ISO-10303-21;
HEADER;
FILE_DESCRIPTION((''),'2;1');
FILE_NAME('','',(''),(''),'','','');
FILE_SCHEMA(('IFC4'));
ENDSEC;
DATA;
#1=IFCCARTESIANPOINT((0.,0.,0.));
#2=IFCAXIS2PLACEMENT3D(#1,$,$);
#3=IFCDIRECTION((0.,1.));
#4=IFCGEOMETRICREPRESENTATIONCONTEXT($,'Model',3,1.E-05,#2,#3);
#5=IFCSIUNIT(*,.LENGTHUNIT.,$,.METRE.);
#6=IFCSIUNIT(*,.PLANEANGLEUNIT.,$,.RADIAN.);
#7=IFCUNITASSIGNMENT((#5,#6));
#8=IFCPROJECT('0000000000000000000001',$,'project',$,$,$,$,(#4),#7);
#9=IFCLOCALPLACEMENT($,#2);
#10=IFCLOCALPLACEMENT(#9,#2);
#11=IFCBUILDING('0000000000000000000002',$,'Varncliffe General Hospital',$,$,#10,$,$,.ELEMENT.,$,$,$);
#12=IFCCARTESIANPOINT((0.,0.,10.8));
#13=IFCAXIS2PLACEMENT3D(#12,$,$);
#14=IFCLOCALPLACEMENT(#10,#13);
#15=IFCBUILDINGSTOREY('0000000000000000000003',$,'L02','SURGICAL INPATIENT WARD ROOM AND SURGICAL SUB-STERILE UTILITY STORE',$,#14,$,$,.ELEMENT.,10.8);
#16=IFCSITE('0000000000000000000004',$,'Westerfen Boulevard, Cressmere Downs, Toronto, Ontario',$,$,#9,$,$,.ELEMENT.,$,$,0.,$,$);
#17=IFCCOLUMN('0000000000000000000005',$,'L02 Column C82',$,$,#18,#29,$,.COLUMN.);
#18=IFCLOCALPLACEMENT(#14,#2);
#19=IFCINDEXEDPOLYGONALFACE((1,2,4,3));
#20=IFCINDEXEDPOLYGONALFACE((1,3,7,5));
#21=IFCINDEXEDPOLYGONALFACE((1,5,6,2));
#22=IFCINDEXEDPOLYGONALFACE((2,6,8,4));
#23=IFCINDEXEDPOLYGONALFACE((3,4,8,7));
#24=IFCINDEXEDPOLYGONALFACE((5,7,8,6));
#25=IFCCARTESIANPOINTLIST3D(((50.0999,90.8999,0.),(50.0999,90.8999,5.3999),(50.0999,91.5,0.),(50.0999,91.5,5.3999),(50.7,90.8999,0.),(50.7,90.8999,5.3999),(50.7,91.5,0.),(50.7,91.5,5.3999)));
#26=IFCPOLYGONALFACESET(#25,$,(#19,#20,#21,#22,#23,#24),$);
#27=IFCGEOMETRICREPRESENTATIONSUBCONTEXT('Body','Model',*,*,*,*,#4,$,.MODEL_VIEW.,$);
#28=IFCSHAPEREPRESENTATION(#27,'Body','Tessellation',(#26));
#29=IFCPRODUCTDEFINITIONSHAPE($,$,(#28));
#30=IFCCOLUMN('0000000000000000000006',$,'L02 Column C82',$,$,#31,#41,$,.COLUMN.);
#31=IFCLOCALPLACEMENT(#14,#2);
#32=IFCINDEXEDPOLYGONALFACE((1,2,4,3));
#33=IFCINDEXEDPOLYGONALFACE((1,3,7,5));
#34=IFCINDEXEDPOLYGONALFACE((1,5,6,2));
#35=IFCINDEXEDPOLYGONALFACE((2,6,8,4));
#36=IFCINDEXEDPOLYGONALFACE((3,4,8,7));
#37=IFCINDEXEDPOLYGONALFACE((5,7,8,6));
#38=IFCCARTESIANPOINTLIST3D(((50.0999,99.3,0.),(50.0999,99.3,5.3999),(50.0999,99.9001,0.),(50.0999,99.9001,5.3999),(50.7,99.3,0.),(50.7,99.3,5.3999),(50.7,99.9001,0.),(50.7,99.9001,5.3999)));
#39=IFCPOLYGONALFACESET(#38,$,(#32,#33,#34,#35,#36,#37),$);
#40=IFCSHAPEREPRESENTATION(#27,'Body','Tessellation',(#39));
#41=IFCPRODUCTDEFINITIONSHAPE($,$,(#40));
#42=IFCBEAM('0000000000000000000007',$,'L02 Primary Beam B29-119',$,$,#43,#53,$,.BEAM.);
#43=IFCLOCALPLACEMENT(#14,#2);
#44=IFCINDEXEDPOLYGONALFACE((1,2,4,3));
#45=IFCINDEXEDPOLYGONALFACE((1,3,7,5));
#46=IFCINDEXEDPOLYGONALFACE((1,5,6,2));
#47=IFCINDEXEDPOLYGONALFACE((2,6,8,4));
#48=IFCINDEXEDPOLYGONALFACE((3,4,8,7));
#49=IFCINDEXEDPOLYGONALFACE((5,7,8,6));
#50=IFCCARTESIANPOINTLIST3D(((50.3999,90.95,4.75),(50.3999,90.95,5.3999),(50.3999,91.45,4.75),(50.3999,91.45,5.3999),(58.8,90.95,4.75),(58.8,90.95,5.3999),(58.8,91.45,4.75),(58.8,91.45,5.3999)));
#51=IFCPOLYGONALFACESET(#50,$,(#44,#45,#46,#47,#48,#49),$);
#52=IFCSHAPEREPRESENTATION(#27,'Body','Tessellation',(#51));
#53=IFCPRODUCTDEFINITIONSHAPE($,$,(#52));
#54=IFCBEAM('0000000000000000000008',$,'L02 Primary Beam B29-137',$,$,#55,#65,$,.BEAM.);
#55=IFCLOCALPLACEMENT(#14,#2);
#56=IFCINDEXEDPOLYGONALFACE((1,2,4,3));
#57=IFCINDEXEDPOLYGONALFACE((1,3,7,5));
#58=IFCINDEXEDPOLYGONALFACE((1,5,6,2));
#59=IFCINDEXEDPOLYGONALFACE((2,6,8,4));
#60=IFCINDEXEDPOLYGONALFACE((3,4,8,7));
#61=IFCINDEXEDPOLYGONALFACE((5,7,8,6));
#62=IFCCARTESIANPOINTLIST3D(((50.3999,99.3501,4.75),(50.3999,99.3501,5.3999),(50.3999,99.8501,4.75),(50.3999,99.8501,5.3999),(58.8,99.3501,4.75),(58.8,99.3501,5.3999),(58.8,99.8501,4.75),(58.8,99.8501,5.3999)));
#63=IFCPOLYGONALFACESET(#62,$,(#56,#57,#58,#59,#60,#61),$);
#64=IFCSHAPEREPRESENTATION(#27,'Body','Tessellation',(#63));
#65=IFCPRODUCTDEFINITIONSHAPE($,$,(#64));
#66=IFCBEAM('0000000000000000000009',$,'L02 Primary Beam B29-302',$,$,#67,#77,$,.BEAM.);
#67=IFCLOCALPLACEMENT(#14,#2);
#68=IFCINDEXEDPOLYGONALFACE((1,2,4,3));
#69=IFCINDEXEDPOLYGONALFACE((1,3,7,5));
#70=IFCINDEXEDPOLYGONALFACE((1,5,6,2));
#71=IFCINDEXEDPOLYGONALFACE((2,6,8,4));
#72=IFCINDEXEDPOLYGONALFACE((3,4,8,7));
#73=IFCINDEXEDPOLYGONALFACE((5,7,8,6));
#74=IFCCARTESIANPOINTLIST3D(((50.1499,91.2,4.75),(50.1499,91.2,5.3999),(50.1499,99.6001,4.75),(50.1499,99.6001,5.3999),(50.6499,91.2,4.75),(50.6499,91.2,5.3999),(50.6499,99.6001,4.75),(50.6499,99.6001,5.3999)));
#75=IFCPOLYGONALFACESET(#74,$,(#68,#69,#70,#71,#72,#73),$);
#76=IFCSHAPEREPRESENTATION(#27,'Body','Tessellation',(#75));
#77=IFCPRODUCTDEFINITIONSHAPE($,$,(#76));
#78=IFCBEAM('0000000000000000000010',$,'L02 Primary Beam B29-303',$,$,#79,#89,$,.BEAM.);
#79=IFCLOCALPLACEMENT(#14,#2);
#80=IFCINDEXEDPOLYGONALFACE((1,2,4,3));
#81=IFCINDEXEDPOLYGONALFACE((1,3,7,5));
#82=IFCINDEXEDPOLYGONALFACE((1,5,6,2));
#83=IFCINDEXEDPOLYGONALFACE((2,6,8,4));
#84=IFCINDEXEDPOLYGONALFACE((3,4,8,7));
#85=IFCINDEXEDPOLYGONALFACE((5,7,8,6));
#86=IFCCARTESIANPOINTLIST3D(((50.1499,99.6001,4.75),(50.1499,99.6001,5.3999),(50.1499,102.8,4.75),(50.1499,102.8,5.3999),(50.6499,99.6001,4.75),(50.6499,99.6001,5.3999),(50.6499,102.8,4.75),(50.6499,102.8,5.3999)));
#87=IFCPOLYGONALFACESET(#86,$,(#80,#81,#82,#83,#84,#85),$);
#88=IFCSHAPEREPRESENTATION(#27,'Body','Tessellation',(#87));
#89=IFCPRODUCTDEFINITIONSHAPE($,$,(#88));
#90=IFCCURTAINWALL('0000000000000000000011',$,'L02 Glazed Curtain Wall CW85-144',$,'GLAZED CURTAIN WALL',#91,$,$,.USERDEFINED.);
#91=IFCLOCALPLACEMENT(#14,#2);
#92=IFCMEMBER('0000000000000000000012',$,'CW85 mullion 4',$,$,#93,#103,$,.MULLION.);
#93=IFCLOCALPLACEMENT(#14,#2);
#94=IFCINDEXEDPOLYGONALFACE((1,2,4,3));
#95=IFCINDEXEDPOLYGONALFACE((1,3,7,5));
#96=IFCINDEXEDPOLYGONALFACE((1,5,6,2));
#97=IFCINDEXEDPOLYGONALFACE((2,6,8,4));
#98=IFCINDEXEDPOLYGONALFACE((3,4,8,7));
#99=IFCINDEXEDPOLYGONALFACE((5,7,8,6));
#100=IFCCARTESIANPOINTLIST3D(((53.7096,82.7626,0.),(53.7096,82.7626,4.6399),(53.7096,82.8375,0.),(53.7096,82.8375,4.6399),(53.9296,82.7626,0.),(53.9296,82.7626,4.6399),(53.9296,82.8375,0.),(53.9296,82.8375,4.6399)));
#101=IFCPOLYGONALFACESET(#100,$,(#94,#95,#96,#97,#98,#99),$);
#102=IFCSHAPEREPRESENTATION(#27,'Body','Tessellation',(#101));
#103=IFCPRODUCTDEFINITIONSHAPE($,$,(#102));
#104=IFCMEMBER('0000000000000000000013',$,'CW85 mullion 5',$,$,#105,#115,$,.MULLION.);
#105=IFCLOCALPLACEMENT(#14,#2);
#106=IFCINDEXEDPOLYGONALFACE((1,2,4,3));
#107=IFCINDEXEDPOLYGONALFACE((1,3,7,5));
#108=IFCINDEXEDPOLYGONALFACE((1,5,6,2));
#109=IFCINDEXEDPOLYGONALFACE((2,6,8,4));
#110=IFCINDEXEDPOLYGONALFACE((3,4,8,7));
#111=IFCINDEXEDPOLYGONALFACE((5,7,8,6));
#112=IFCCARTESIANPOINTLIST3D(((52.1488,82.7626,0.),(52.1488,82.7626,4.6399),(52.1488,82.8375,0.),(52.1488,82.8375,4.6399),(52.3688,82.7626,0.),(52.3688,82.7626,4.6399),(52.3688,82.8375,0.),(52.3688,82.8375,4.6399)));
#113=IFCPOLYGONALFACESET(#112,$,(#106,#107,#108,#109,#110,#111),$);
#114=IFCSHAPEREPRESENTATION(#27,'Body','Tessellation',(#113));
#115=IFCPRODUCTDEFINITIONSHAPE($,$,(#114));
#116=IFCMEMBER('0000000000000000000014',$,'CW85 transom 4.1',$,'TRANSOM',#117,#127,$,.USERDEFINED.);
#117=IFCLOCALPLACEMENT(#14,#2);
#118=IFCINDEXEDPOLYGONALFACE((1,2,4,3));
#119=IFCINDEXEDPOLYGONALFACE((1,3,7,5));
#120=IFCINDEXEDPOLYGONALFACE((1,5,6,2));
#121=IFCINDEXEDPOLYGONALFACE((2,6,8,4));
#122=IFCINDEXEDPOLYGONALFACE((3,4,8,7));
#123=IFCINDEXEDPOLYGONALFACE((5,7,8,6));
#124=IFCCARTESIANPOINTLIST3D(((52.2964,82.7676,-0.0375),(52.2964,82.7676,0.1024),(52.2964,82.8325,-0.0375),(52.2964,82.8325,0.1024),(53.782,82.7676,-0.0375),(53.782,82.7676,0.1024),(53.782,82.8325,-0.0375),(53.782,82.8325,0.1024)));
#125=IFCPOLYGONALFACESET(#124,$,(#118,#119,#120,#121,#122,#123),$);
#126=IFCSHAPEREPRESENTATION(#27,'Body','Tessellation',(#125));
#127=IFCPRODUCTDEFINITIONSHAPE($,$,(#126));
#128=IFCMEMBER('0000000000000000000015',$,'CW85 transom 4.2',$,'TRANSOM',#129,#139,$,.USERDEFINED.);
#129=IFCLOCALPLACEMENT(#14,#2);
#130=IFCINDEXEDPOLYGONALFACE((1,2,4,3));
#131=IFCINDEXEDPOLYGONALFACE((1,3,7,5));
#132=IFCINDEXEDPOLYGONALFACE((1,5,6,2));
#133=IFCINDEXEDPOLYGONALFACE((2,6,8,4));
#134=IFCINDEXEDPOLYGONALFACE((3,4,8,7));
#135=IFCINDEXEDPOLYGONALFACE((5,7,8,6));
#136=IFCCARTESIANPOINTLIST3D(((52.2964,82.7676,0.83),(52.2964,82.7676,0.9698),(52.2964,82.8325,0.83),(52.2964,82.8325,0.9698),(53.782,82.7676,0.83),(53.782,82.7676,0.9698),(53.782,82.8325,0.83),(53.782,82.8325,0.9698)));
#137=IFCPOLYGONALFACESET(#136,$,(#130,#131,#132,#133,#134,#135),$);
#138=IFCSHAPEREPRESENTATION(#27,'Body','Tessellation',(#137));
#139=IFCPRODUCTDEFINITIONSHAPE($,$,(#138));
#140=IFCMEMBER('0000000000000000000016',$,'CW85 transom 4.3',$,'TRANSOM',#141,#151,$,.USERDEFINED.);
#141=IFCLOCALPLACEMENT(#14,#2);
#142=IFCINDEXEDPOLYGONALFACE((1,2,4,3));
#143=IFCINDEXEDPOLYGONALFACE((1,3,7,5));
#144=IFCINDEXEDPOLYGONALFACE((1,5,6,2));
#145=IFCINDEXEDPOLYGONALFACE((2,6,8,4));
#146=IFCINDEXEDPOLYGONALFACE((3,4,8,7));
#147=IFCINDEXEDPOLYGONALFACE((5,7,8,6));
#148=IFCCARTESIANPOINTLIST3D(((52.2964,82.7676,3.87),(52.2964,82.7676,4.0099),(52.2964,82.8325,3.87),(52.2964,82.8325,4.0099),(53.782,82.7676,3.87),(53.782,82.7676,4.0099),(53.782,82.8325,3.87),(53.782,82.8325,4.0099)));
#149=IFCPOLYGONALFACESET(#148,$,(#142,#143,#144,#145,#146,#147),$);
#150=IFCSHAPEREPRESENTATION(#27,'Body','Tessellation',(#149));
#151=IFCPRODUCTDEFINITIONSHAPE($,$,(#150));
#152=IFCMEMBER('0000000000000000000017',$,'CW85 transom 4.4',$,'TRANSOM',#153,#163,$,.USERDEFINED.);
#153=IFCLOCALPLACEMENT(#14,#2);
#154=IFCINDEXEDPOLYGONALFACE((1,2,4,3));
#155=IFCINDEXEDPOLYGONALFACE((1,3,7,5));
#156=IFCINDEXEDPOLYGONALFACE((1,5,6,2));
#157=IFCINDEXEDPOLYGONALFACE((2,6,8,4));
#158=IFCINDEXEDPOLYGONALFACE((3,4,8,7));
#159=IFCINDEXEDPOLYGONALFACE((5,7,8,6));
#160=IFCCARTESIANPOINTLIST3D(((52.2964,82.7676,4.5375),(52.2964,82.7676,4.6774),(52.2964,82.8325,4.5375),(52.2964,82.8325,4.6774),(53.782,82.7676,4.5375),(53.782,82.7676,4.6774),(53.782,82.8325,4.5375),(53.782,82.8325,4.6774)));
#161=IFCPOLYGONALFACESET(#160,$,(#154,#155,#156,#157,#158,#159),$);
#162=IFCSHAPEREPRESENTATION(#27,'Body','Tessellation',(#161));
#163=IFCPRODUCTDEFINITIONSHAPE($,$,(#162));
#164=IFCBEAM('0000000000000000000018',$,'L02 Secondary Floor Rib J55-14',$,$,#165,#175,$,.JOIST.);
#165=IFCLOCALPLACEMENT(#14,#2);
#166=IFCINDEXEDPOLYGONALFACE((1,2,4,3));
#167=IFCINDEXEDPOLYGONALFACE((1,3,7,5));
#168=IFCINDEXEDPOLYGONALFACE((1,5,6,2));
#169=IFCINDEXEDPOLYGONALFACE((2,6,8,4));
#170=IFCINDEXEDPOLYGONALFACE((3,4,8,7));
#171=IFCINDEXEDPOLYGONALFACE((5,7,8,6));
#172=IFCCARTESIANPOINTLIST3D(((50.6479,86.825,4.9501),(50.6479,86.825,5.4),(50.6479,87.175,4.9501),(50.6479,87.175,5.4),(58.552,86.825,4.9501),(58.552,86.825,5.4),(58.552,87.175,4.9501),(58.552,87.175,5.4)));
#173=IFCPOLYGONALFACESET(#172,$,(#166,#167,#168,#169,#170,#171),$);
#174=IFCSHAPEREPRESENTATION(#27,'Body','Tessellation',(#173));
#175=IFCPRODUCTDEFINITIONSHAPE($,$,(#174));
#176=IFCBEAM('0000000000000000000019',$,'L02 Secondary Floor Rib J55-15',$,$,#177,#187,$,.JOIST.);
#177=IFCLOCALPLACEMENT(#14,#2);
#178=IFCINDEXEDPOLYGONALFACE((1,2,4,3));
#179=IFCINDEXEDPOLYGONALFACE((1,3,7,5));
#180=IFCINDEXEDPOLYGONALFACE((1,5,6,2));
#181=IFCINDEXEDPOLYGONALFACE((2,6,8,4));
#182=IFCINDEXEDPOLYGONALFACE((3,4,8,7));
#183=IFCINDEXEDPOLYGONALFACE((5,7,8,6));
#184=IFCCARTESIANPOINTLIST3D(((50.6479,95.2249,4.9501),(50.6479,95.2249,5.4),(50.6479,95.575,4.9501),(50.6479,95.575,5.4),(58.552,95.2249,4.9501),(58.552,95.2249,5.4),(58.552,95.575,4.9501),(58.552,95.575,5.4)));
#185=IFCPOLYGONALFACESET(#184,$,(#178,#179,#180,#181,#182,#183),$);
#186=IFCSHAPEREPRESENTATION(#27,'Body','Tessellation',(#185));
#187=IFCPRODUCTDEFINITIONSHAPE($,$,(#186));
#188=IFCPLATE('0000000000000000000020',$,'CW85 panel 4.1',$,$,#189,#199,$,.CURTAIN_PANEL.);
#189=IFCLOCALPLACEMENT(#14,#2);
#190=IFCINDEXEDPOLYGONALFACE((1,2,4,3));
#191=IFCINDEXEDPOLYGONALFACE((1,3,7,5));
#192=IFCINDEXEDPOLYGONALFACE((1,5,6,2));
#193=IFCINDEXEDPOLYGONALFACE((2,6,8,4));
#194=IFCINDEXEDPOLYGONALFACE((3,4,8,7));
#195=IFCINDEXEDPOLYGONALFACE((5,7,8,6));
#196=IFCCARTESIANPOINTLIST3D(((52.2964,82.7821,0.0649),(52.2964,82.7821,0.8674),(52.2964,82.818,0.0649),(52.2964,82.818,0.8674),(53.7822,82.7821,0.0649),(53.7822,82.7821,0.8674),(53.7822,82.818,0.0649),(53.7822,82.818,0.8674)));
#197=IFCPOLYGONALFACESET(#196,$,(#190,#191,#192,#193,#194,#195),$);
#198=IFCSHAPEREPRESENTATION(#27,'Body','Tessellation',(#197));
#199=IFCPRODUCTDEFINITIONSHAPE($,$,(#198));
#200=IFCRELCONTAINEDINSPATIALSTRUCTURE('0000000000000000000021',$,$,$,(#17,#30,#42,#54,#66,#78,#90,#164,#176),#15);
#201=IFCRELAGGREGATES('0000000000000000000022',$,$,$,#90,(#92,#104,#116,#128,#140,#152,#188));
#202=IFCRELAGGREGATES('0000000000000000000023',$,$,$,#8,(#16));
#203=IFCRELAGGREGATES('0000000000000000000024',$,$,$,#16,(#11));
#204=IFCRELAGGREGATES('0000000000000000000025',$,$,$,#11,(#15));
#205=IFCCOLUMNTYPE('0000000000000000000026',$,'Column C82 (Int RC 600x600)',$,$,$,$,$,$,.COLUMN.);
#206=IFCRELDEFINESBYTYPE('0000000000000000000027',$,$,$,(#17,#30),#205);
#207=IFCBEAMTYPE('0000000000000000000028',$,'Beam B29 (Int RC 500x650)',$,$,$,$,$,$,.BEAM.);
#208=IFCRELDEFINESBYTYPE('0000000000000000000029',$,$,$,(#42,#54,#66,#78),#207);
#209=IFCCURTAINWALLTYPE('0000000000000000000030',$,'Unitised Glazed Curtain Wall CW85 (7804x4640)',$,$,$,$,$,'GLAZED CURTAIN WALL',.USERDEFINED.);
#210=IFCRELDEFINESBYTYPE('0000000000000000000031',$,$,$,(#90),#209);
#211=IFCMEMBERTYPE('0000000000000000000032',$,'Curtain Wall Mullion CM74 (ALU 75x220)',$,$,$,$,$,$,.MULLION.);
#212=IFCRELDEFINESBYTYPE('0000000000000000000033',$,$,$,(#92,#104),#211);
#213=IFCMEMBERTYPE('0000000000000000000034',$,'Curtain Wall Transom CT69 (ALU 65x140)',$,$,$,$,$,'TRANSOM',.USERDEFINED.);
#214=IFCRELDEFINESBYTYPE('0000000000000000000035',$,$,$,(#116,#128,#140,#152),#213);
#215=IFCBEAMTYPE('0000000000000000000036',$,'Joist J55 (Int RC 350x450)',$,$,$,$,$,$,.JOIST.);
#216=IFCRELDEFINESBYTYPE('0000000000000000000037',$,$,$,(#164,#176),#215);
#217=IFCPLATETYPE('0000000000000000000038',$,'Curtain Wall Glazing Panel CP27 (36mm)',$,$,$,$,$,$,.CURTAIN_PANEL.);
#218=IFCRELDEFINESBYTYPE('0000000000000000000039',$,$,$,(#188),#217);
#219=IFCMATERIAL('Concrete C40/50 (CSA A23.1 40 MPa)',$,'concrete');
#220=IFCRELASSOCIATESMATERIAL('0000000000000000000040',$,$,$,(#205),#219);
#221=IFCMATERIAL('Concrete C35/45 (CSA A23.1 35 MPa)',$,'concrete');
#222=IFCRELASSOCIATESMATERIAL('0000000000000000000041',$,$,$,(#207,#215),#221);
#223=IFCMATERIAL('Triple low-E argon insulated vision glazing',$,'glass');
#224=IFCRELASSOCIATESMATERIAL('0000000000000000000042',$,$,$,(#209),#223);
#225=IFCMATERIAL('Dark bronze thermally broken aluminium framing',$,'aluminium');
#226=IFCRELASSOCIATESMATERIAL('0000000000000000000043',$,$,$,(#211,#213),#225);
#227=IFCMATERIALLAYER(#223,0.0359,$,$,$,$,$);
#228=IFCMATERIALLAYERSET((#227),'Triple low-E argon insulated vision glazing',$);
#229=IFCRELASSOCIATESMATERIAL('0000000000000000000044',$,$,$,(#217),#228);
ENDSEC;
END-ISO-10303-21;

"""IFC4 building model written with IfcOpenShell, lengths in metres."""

from ifc_helpers import new_model, si_unit, direction, frame, origin, origin_2d, place, context, subcontext, project, spatial, rectangle, extrude, material, layer, layer_set, material_profile, profile_set, type_object, element, aggregate, save


model = new_model("IFC4")

# Units and contexts
model_context = context("Model", 3, precision=1e-05, world=origin(), true_north=direction((0.0, 1.0)))
body_context = subcontext(model_context, "Body", "Model", "MODEL_VIEW")
ifc_project = project(units=[si_unit("LENGTHUNIT", "METRE"), si_unit("PLANEANGLEUNIT", "RADIAN")], contexts=[model_context])

# Site, building, storey
site_placement = place(None, origin())
site = spatial("IfcSite", under=ifc_project, at=site_placement, Name="Westerfen Boulevard, Cressmere Downs, Toronto, Ontario", CompositionType="ELEMENT", RefElevation=0.0)
building_placement = place(site_placement, origin())
building = spatial("IfcBuilding", under=site, at=building_placement, Name="Varncliffe General Hospital", CompositionType="ELEMENT")
storey_placement = place(building_placement, frame((0.0, 0.0, 10.8)))
storey = spatial("IfcBuildingStorey", under=building, at=storey_placement, Name="L02", Description="SURGICAL INPATIENT WARD ROOM AND SURGICAL SUB-STERILE UTILITY STORE", CompositionType="ELEMENT", Elevation=10.8)

# Columns
ifc_material_1 = material(Name="Concrete C40/50 (CSA A23.1 40 MPa)", Category="concrete")
ifc_material_profile_1 = material_profile(ifc_material_1, rectangle(XDim=0.6001, YDim=0.6001, at=origin_2d()), Name="RC 600x600")
ifc_profile_set_1 = profile_set([ifc_material_profile_1], Name="Concrete C40/50 (CSA A23.1 40 MPa)")
column_type = type_object("IfcColumnType", Name="Column C82 (Int RC 600x600)", PredefinedType="COLUMN", material=ifc_profile_set_1)
for number, where, z_axis, x_axis, name in (
    (1, (50.3999, 91.2, 0.0), (0.0, 0.0, 1.0), (1.0, 0.0, 0.0), "L02 Column C82"),
    (2, (50.3999, 99.6001, 0.0), (0.0, 0.0, 1.0), (1.0, 0.0, 0.0), "L02 Column C82"),
):
    element("IfcColumn", number, at=place(storey_placement, frame(where, z_axis=z_axis, x_axis=x_axis)), inside=storey, type_object=column_type, Name=name, PredefinedType="COLUMN", context=body_context, shape_type="SweptSolid", body=[
        extrude(rectangle(XDim=0.6001, YDim=0.6001, at=origin_2d()), origin(), (0.0, 0.0, 1.0), 5.3999),
    ])

# Beams
ifc_material_2 = material(Name="Concrete C35/45 (CSA A23.1 35 MPa)", Category="concrete")
ifc_material_profile_2 = material_profile(ifc_material_2, rectangle(XDim=0.5, YDim=0.6499, at=origin_2d()), Name="RC 500x650")
ifc_profile_set_2 = profile_set([ifc_material_profile_2], Name="Concrete C35/45 (CSA A23.1 35 MPa)")
beam_type_1 = type_object("IfcBeamType", Name="Beam B29 (Int RC 500x650)", PredefinedType="BEAM", material=ifc_profile_set_2)
for number, where, z_axis, x_axis, name in (
    (3, (50.3999, 91.2, 5.075), (1.0, 0.0, 0.0), (0.0, 1.0, 0.0), "L02 Primary Beam B29-119"),
    (4, (50.3999, 99.6001, 5.075), (1.0, 0.0, 0.0), (0.0, 1.0, 0.0), "L02 Primary Beam B29-137"),
    (5, (50.3999, 91.2, 5.075), (0.0, 1.0, 0.0), (-1.0, 0.0, 0.0), "L02 Primary Beam B29-302"),
):
    element("IfcBeam", number, at=place(storey_placement, frame(where, z_axis=z_axis, x_axis=x_axis)), inside=storey, type_object=beam_type_1, Name=name, PredefinedType="BEAM", context=body_context, shape_type="SweptSolid", body=[
        extrude(rectangle(XDim=0.5, YDim=0.6499, at=origin_2d()), origin(), (0.0, 0.0, 1.0), 8.4001),
    ])
beam_placement = place(storey_placement, frame((50.3999, 99.6001, 5.075), z_axis=(0.0, 1.0, 0.0), x_axis=(-1.0, 0.0, 0.0)))
element("IfcBeam", 6, at=beam_placement, inside=storey, type_object=beam_type_1, Name="L02 Primary Beam B29-303", PredefinedType="BEAM", context=body_context, shape_type="SweptSolid", body=[
    extrude(rectangle(XDim=0.5, YDim=0.6499, at=origin_2d()), origin(), (0.0, 0.0, 1.0), 3.2),
])

# Curtain wall, members
ifc_material_3 = material(Name="Triple low-E argon insulated vision glazing", Category="glass")
curtain_wall_type = type_object("IfcCurtainWallType", Name="Unitised Glazed Curtain Wall CW85 (7804x4640)", ElementType="GLAZED CURTAIN WALL", PredefinedType="USERDEFINED", material=ifc_material_3)
curtain_wall_placement = place(storey_placement, origin())
curtain_wall = element("IfcCurtainWall", 7, at=curtain_wall_placement, inside=storey, type_object=curtain_wall_type, Name="L02 Glazed Curtain Wall CW85-144", ObjectType="GLAZED CURTAIN WALL", PredefinedType="USERDEFINED")
ifc_material_4 = material(Name="Dark bronze thermally broken aluminium framing", Category="aluminium")
ifc_material_profile_3 = material_profile(ifc_material_4, rectangle(XDim=0.075, YDim=0.22, at=origin_2d()), Name="ALU 75x220")
ifc_profile_set_3 = profile_set([ifc_material_profile_3], Name="Dark bronze thermally broken aluminium framing")
member_type_1 = type_object("IfcMemberType", Name="Curtain Wall Mullion CM74 (ALU 75x220)", PredefinedType="MULLION", material=ifc_profile_set_3)
member_1_placement = place(storey_placement, frame((53.8196, 82.8, 0.0), z_axis=(0.0, 0.0, 1.0), x_axis=(0.0, -1.0, 0.0)))
member_1 = element("IfcMember", 8, at=member_1_placement, type_object=member_type_1, Name="CW85 mullion 4", PredefinedType="MULLION", context=body_context, shape_type="SweptSolid", body=[
    extrude(rectangle(XDim=0.075, YDim=0.22, at=origin_2d()), origin(), (0.0, 0.0, 1.0), 4.6399),
])
member_2_placement = place(storey_placement, frame((52.2588, 82.8, 0.0), z_axis=(0.0, 0.0, 1.0), x_axis=(0.0, -1.0, 0.0)))
member_2 = element("IfcMember", 9, at=member_2_placement, type_object=member_type_1, Name="CW85 mullion 5", PredefinedType="MULLION", context=body_context, shape_type="SweptSolid", body=[
    extrude(rectangle(XDim=0.075, YDim=0.22, at=origin_2d()), origin(), (0.0, 0.0, 1.0), 4.6399),
])
ifc_material_profile_4 = material_profile(ifc_material_4, rectangle(XDim=0.0649, YDim=0.1399, at=origin_2d()), Name="ALU 65x140")
ifc_profile_set_4 = profile_set([ifc_material_profile_4], Name="Dark bronze thermally broken aluminium framing")
member_type_2 = type_object("IfcMemberType", Name="Curtain Wall Transom CT69 (ALU 65x140)", ElementType="TRANSOM", PredefinedType="USERDEFINED", material=ifc_profile_set_4)
member_3_placement = place(storey_placement, frame((53.782, 82.8, 0.0325), z_axis=(-1.0, 0.0, 0.0), x_axis=(0.0, -1.0, 0.0)))
member_3 = element("IfcMember", 10, at=member_3_placement, type_object=member_type_2, Name="CW85 transom 4.1", ObjectType="TRANSOM", PredefinedType="USERDEFINED", context=body_context, shape_type="SweptSolid", body=[
    extrude(rectangle(XDim=0.0649, YDim=0.1399, at=origin_2d()), origin(), (0.0, 0.0, 1.0), 1.4856),
])
member_4_placement = place(storey_placement, frame((53.782, 82.8, 0.8999), z_axis=(-1.0, 0.0, 0.0), x_axis=(0.0, -1.0, 0.0)))
member_4 = element("IfcMember", 11, at=member_4_placement, type_object=member_type_2, Name="CW85 transom 4.2", ObjectType="TRANSOM", PredefinedType="USERDEFINED", context=body_context, shape_type="SweptSolid", body=[
    extrude(rectangle(XDim=0.0649, YDim=0.1399, at=origin_2d()), origin(), (0.0, 0.0, 1.0), 1.4856),
])
member_5_placement = place(storey_placement, frame((53.782, 82.8, 3.9399), z_axis=(-1.0, 0.0, 0.0), x_axis=(0.0, -1.0, 0.0)))
member_5 = element("IfcMember", 12, at=member_5_placement, type_object=member_type_2, Name="CW85 transom 4.3", ObjectType="TRANSOM", PredefinedType="USERDEFINED", context=body_context, shape_type="SweptSolid", body=[
    extrude(rectangle(XDim=0.0649, YDim=0.1399, at=origin_2d()), origin(), (0.0, 0.0, 1.0), 1.4856),
])
member_6_placement = place(storey_placement, frame((53.782, 82.8, 4.6074), z_axis=(-1.0, 0.0, 0.0), x_axis=(0.0, -1.0, 0.0)))
member_6 = element("IfcMember", 13, at=member_6_placement, type_object=member_type_2, Name="CW85 transom 4.4", ObjectType="TRANSOM", PredefinedType="USERDEFINED", context=body_context, shape_type="SweptSolid", body=[
    extrude(rectangle(XDim=0.0649, YDim=0.1399, at=origin_2d()), origin(), (0.0, 0.0, 1.0), 1.4856),
])

# Beams
ifc_material_profile_5 = material_profile(ifc_material_2, rectangle(XDim=0.3501, YDim=0.45, at=origin_2d()), Name="RC 350x450")
ifc_profile_set_5 = profile_set([ifc_material_profile_5], Name="Concrete C35/45 (CSA A23.1 35 MPa)")
beam_type_2 = type_object("IfcBeamType", Name="Joist J55 (Int RC 350x450)", PredefinedType="JOIST", material=ifc_profile_set_5)
for number, where, z_axis, x_axis, name in (
    (14, (50.6479, 87.0, 5.175), (1.0, 0.0, 0.0), (0.0, 1.0, 0.0), "L02 Secondary Floor Rib J55-14"),
    (15, (50.6479, 95.3999, 5.175), (1.0, 0.0, 0.0), (0.0, 1.0, 0.0), "L02 Secondary Floor Rib J55-15"),
):
    element("IfcBeam", number, at=place(storey_placement, frame(where, z_axis=z_axis, x_axis=x_axis)), inside=storey, type_object=beam_type_2, Name=name, PredefinedType="JOIST", context=body_context, shape_type="SweptSolid", body=[
        extrude(rectangle(XDim=0.3501, YDim=0.45, at=origin_2d()), origin(), (0.0, 0.0, 1.0), 7.9041),
    ])

# Plate
ifc_layer_1 = layer(ifc_material_3, 0.0359)
ifc_layer_set_1 = layer_set([ifc_layer_1], Name="Triple low-E argon insulated vision glazing")
plate_type = type_object("IfcPlateType", Name="Curtain Wall Glazing Panel CP27 (36mm)", PredefinedType="CURTAIN_PANEL", material=ifc_layer_set_1)
plate_1_placement = place(storey_placement, frame((53.0393, 82.8, 0.0649), z_axis=(0.0, 0.0, 1.0), x_axis=(-1.0, 0.0, 0.0)))
plate_1 = element("IfcPlate", 16, at=plate_1_placement, type_object=plate_type, Name="CW85 panel 4.1", PredefinedType="CURTAIN_PANEL", context=body_context, shape_type="SweptSolid", body=[
    extrude(rectangle(XDim=1.4858, YDim=0.0359, at=origin_2d()), origin(), (0.0, 0.0, 1.0), 0.8025),
])
aggregate(curtain_wall, [member_1, member_2, member_3, member_4, member_5, member_6, plate_1])

save(model, "model.ifc")
